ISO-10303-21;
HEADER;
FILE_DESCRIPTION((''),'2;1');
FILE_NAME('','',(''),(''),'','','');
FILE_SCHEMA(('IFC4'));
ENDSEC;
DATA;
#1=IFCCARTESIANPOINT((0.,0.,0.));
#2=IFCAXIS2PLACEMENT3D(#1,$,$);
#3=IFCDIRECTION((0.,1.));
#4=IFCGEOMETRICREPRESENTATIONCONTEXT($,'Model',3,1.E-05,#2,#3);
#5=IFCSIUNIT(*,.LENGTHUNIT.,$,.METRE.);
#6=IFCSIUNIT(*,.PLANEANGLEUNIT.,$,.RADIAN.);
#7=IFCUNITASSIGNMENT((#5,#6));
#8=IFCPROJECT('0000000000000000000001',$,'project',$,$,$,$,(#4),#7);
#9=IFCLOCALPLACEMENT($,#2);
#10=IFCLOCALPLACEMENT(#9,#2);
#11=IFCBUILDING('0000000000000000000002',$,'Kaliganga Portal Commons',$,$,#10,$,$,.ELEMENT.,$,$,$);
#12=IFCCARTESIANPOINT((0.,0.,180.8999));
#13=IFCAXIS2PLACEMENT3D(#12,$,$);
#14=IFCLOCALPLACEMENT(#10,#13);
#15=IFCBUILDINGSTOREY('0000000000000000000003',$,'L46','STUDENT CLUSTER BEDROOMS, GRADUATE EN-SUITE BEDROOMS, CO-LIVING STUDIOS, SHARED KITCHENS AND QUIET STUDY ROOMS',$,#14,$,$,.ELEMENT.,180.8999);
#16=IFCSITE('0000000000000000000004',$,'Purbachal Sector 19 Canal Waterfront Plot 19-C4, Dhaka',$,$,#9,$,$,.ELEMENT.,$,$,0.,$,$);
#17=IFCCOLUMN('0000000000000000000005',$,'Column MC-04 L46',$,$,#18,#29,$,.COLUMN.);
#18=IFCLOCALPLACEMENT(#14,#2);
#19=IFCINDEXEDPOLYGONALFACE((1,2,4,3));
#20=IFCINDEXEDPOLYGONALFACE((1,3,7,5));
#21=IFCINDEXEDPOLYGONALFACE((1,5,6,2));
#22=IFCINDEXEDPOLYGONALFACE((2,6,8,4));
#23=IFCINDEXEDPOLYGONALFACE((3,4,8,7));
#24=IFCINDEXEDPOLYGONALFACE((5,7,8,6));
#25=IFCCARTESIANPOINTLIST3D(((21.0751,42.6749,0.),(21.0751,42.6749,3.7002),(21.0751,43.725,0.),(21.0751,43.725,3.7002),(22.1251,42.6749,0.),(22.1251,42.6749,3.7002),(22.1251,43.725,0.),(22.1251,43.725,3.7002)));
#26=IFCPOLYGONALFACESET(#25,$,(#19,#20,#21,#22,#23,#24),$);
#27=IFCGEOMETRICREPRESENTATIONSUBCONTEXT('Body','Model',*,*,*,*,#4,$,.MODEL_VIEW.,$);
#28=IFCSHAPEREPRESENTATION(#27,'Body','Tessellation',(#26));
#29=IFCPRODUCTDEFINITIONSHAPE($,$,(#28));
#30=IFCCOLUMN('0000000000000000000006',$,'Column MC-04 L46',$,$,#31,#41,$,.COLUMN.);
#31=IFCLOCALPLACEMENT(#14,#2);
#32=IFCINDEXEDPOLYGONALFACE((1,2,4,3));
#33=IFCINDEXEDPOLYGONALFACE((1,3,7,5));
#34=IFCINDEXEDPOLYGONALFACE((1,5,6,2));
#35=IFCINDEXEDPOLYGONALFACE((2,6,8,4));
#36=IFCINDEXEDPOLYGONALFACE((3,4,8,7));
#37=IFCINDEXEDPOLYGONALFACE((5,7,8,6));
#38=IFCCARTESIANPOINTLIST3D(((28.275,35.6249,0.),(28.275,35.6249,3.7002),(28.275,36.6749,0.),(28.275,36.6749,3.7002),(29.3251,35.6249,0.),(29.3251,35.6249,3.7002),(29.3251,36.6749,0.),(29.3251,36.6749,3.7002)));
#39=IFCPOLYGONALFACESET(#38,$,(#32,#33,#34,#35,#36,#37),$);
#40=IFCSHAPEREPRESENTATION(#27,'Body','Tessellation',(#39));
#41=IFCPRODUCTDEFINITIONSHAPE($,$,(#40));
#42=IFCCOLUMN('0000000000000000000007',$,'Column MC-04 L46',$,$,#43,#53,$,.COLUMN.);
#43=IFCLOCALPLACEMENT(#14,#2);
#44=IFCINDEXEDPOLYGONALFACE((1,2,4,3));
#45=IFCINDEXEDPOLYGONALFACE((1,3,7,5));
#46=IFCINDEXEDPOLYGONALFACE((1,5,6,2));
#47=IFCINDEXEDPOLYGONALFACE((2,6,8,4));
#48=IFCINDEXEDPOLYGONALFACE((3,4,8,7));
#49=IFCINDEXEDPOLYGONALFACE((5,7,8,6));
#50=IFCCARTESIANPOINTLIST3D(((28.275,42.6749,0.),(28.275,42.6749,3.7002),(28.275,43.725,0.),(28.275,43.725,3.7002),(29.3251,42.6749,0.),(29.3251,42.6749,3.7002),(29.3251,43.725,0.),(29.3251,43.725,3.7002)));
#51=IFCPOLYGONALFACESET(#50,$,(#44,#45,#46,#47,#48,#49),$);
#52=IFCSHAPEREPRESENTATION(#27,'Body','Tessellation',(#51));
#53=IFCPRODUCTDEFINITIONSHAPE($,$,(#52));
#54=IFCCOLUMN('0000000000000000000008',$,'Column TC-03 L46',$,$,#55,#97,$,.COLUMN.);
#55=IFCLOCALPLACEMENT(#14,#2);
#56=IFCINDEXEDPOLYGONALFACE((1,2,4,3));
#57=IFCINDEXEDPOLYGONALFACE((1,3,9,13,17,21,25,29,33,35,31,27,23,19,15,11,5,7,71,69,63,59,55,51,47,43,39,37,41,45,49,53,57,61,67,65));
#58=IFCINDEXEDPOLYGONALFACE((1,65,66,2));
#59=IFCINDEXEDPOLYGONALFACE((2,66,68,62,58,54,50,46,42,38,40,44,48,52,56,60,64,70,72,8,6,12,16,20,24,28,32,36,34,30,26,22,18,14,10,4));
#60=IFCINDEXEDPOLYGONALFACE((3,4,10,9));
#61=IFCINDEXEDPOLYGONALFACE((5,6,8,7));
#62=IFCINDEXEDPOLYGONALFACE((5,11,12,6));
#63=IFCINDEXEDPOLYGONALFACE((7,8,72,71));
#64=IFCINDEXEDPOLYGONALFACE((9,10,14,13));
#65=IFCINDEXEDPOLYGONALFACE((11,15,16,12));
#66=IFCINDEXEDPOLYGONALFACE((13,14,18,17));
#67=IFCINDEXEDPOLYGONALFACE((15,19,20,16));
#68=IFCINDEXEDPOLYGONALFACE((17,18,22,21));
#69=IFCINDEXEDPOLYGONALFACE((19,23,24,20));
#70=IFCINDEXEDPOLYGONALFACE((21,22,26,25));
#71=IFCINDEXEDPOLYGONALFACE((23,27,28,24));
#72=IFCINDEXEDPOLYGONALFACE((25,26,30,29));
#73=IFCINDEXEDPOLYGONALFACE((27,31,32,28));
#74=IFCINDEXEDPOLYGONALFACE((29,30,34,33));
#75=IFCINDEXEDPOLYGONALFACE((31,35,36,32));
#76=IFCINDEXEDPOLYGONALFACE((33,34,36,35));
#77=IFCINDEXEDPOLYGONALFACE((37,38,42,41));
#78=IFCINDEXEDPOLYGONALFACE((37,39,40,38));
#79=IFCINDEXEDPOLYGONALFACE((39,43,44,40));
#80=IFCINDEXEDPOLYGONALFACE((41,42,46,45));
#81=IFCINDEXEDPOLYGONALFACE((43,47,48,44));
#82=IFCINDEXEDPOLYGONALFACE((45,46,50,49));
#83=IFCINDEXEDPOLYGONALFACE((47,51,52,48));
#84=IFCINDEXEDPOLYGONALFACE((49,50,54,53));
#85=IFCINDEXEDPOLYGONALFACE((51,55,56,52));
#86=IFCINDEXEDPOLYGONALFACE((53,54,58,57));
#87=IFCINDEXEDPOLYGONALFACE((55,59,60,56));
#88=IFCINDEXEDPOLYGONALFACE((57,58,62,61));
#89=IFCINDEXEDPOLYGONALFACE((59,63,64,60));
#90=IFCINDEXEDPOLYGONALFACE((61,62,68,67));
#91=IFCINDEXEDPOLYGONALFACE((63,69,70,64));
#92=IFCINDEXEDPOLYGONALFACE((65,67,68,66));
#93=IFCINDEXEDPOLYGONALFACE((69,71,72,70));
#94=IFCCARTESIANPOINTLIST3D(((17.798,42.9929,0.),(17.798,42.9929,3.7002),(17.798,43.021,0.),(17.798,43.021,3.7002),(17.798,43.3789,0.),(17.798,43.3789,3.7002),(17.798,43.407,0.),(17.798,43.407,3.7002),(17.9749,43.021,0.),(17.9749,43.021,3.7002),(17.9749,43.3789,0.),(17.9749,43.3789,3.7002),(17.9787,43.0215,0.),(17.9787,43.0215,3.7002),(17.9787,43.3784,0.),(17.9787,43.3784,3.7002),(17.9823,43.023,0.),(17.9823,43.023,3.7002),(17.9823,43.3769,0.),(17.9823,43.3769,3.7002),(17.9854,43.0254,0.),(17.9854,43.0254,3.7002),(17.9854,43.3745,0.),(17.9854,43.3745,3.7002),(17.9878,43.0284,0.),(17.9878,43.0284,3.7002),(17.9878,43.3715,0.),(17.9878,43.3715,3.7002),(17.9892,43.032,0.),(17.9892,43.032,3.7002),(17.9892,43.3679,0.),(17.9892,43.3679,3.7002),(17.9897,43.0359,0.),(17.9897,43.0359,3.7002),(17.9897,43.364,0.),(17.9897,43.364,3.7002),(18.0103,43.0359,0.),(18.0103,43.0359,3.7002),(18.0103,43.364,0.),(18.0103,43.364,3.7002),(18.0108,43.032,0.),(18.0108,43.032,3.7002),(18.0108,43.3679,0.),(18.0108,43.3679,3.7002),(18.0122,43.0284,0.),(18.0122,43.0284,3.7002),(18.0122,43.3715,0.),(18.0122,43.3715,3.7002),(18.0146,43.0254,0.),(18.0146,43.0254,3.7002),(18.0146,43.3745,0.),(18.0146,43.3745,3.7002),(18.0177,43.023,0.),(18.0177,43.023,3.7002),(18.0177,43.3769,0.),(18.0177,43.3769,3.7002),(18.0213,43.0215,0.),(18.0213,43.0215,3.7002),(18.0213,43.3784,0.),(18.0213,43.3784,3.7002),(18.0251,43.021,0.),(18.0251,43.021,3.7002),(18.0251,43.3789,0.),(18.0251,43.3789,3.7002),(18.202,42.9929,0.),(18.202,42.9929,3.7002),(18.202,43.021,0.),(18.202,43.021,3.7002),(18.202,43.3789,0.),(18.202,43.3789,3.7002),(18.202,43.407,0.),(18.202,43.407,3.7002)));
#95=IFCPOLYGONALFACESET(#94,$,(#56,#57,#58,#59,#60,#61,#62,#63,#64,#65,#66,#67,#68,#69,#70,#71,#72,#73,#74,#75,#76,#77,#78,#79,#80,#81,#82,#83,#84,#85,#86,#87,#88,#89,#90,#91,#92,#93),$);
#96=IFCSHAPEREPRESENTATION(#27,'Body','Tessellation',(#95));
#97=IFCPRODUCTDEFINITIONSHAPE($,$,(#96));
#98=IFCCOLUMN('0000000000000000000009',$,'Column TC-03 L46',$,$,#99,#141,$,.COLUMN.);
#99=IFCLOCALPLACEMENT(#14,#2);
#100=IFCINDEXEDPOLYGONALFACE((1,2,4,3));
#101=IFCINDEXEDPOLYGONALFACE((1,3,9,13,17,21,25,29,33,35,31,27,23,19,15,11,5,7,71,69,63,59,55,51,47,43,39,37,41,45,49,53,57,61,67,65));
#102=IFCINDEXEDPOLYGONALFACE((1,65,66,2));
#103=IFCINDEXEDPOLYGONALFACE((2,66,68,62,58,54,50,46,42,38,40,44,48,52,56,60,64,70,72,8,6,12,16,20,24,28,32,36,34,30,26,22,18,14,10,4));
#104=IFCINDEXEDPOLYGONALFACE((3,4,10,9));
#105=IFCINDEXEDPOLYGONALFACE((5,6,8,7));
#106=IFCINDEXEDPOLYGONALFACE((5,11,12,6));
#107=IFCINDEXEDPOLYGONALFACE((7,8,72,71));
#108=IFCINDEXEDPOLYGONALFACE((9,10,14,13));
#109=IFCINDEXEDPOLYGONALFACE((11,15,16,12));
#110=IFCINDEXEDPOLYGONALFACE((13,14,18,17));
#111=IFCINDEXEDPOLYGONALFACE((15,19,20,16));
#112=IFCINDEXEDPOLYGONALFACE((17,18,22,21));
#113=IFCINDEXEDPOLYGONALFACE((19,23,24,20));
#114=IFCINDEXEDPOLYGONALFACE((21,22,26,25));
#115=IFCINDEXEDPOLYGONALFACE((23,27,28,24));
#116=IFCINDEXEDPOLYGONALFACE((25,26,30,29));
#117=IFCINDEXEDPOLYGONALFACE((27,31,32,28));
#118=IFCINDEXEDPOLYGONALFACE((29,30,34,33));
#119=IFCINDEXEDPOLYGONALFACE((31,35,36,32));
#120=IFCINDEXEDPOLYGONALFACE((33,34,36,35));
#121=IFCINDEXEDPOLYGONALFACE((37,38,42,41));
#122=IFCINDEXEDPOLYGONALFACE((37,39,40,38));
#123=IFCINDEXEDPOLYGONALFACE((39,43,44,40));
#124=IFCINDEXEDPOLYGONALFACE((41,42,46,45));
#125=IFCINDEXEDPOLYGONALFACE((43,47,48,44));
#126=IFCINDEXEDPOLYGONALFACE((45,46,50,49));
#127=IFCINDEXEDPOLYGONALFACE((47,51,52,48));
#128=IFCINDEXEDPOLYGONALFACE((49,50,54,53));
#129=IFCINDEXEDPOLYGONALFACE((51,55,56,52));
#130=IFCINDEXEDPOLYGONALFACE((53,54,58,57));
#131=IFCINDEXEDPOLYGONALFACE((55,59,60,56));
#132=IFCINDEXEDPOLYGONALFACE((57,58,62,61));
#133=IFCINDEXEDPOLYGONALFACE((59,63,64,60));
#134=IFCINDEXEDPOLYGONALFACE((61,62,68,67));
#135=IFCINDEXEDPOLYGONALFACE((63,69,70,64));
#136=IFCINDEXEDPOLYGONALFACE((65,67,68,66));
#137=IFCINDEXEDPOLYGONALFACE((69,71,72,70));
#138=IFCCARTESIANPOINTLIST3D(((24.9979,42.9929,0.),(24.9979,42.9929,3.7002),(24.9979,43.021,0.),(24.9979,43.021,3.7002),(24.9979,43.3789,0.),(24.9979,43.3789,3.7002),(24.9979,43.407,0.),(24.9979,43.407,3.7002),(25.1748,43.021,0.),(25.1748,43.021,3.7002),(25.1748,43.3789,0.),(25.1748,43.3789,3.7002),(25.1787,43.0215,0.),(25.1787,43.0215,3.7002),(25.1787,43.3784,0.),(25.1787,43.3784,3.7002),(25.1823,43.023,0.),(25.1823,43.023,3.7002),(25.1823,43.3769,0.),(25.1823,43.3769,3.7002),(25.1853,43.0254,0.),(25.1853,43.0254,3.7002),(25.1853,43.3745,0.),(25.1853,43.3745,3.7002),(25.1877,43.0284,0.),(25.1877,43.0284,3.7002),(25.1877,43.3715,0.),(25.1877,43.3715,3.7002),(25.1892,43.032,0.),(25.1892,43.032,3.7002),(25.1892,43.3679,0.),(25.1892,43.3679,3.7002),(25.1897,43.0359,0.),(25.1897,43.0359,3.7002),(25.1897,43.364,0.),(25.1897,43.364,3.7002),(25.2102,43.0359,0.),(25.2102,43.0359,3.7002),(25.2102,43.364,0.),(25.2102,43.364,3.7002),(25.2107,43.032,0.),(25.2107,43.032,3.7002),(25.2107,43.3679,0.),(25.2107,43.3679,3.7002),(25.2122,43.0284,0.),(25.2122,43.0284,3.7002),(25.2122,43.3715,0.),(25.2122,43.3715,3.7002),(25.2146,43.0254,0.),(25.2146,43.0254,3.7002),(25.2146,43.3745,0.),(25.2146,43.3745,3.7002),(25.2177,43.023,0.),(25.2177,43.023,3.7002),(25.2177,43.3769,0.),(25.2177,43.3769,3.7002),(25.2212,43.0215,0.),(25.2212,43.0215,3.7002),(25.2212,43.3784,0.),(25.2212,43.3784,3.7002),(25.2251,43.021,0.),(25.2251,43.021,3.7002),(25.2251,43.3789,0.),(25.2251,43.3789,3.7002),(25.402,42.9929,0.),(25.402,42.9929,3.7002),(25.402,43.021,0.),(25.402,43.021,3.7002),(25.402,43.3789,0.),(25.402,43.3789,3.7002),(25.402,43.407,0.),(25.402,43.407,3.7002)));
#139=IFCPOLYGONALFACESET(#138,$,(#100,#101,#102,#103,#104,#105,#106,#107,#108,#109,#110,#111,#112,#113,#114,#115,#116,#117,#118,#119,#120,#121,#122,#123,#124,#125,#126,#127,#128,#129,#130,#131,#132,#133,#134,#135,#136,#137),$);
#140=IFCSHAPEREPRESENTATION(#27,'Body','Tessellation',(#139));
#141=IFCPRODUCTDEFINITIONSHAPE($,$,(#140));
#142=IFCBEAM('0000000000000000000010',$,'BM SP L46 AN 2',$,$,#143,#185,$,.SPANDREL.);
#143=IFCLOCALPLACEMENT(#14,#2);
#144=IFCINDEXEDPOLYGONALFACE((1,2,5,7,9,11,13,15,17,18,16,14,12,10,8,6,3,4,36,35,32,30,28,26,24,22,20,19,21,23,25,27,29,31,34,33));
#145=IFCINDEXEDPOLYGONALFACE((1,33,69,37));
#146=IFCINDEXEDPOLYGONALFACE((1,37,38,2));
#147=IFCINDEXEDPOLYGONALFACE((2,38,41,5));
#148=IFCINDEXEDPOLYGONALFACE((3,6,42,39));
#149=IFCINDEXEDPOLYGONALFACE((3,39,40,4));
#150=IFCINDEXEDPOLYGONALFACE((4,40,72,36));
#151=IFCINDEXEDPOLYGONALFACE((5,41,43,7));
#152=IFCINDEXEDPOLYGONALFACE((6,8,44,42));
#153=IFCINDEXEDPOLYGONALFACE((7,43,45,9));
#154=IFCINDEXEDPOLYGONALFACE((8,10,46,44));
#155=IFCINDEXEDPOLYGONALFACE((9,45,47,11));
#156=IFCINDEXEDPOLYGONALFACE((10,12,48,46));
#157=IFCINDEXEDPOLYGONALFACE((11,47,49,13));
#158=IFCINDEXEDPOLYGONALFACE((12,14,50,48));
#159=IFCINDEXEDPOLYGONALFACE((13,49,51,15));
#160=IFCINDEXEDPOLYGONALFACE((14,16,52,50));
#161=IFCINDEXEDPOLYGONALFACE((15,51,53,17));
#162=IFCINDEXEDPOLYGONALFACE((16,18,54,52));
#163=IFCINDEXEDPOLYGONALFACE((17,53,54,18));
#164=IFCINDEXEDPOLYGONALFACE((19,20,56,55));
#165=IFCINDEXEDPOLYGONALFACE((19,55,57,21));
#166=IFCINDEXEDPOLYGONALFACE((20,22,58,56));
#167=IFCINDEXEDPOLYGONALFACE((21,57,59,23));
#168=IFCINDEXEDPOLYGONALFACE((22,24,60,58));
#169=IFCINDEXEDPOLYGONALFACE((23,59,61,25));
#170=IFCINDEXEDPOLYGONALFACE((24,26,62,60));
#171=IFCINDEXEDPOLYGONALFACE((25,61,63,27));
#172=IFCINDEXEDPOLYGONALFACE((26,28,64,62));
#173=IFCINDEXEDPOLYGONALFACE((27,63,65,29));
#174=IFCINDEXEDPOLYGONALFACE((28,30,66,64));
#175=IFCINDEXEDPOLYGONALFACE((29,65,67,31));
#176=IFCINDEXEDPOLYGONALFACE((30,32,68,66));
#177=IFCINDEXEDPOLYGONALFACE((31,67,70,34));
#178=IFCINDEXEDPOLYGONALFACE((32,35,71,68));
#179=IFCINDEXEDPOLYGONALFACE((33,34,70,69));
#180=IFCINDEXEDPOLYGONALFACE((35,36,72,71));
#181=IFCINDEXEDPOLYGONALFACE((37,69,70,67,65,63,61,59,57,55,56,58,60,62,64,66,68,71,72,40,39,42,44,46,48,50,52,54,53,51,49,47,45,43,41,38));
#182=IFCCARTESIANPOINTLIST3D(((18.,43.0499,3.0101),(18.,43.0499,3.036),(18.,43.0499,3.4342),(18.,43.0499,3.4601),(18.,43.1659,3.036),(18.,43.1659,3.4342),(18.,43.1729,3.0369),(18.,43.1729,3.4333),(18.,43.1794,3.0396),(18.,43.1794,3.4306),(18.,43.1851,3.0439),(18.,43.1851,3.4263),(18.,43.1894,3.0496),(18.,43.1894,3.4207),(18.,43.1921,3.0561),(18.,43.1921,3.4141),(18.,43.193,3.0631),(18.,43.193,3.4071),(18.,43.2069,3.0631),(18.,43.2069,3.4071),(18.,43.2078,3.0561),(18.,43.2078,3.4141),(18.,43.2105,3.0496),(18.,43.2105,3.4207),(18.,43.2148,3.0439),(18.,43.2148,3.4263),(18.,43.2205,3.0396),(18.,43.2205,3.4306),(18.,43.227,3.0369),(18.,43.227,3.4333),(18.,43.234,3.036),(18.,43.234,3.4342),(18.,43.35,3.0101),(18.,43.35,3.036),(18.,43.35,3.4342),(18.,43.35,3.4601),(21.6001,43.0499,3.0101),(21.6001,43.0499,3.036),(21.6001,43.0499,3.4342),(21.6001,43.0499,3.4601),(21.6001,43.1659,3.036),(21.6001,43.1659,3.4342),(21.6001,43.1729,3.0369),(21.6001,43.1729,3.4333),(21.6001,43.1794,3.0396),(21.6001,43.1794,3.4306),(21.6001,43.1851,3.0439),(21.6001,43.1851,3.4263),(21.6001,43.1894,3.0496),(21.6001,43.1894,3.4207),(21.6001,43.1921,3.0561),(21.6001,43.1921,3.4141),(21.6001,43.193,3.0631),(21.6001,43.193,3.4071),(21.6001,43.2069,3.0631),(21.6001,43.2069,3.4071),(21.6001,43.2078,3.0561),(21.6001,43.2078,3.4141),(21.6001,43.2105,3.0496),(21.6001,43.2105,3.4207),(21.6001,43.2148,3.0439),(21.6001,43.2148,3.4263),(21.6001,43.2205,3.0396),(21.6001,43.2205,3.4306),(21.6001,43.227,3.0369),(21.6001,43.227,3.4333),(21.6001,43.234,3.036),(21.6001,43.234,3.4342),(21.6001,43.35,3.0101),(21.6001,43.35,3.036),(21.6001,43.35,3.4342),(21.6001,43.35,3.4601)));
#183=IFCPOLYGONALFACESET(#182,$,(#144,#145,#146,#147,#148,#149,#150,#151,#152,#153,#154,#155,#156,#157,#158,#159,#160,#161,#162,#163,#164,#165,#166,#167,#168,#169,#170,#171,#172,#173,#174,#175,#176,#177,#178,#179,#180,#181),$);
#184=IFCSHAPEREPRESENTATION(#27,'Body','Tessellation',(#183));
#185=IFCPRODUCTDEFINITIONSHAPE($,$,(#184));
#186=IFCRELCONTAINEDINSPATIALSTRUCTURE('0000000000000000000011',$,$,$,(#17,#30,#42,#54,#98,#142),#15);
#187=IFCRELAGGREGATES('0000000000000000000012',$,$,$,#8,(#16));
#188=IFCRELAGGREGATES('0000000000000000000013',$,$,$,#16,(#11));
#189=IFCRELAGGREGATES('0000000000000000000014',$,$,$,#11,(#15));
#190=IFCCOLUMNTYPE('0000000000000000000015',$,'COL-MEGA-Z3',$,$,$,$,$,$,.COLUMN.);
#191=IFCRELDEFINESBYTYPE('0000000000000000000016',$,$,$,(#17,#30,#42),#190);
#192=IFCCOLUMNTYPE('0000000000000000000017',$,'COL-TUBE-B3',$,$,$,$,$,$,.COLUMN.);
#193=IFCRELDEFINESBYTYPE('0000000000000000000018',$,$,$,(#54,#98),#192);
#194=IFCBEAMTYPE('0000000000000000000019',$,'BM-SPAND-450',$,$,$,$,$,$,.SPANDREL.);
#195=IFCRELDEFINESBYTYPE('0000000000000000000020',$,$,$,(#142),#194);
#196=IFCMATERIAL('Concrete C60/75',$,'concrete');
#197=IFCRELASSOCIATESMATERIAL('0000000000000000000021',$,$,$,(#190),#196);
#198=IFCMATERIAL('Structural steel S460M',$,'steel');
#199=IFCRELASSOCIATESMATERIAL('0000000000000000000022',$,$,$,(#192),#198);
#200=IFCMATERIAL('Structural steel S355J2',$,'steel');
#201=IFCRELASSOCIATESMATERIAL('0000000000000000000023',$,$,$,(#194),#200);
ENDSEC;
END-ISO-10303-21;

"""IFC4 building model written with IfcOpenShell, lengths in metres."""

from ifc_helpers import new_model, si_unit, direction, frame, origin, origin_2d, place, context, subcontext, project, spatial, rectangle, i_section, extrude, source, transform, mapped, material, material_profile, profile_set, type_object, element, save


model = new_model("IFC4")

# Units and contexts
model_context = context("Model", 3, precision=1e-05, world=origin(), true_north=direction((0.0, 1.0)))
body_context = subcontext(model_context, "Body", "Model", "MODEL_VIEW")
ifc_project = project(units=[si_unit("LENGTHUNIT", "METRE"), si_unit("PLANEANGLEUNIT", "RADIAN")], contexts=[model_context])

# Site, building, storey
site_placement = place(None, origin())
site = spatial("IfcSite", under=ifc_project, at=site_placement, Name="Purbachal Sector 19 Canal Waterfront Plot 19-C4, Dhaka", CompositionType="ELEMENT", RefElevation=0.0)
building_placement = place(site_placement, origin())
building = spatial("IfcBuilding", under=site, at=building_placement, Name="Kaliganga Portal Commons", CompositionType="ELEMENT")
storey_placement = place(building_placement, frame((0.0, 0.0, 180.8999)))
storey = spatial("IfcBuildingStorey", under=building, at=storey_placement, Name="L46", Description="STUDENT CLUSTER BEDROOMS, GRADUATE EN-SUITE BEDROOMS, CO-LIVING STUDIOS, SHARED KITCHENS AND QUIET STUDY ROOMS", CompositionType="ELEMENT", Elevation=180.8999)

# Columns
ifc_material_1 = material(Name="Concrete C60/75", Category="concrete")
ifc_material_profile_1 = material_profile(ifc_material_1, rectangle(XDim=1.05, YDim=1.05, at=origin_2d()), Name="RC 1050x1050")
ifc_profile_set_1 = profile_set([ifc_material_profile_1], Name="Concrete C60/75")
column_type_1 = type_object("IfcColumnType", Name="COL-MEGA-Z3", PredefinedType="COLUMN", material=ifc_profile_set_1)
shared_shape_1 = source(origin(), body_context, "Body", "SweptSolid", [
    extrude(rectangle(XDim=1.05, YDim=1.05, at=origin_2d()), origin(), (0.0, 0.0, 1.0), 3.7002),
])
for number, where, z_axis, x_axis, name in (
    (1, (21.6001, 43.2, 0.0), (0.0, 0.0, 1.0), (1.0, 0.0, 0.0), "Column MC-04 L46"),
    (2, (28.8, 36.1499, 0.0), (0.0, 0.0, 1.0), (1.0, 0.0, 0.0), "Column MC-04 L46"),
    (3, (28.8, 43.2, 0.0), (0.0, 0.0, 1.0), (1.0, 0.0, 0.0), "Column MC-04 L46"),
):
    element("IfcColumn", number, at=place(storey_placement, frame(where, z_axis=z_axis, x_axis=x_axis)), inside=storey, type_object=column_type_1, Name=name, PredefinedType="COLUMN", context=body_context, shape_type="MappedRepresentation", body=[
        mapped(shared_shape_1, transform((0.0, 0.0, 0.0), x_axis=(1.0, 0.0, 0.0), y_axis=(0.0, 1.0, 0.0), z_axis=(0.0, 0.0, 1.0), scale=1.0)),
    ])
ifc_material_2 = material(Name="Structural steel S460M", Category="steel")
ifc_material_profile_2 = material_profile(ifc_material_2, i_section(OverallWidth=0.4041, OverallDepth=0.4141, WebThickness=0.0205, FlangeThickness=0.0281, FilletRadius=0.0149, at=origin_2d()), Name="HD 400x347")
ifc_profile_set_2 = profile_set([ifc_material_profile_2], Name="Structural steel S460M wide-flange")
column_type_2 = type_object("IfcColumnType", Name="COL-TUBE-B3", PredefinedType="COLUMN", material=ifc_profile_set_2)
shared_shape_2 = source(origin(), body_context, "Body", "SweptSolid", [
    extrude(i_section(OverallWidth=0.4041, OverallDepth=0.4141, WebThickness=0.0205, FlangeThickness=0.0281, FilletRadius=0.0149, at=origin_2d()), origin(), (0.0, 0.0, 1.0), 3.7002),
])
for number, where, z_axis, x_axis, name in (
    (4, (18.0, 43.2, 0.0), (0.0, 0.0, 1.0), (1.0, 0.0, 0.0), "Column TC-03 L46"),
    (5, (25.2, 43.2, 0.0), (0.0, 0.0, 1.0), (1.0, 0.0, 0.0), "Column TC-03 L46"),
):
    element("IfcColumn", number, at=place(storey_placement, frame(where, z_axis=z_axis, x_axis=x_axis)), inside=storey, type_object=column_type_2, Name=name, PredefinedType="COLUMN", context=body_context, shape_type="MappedRepresentation", body=[
        mapped(shared_shape_2, transform((0.0, 0.0, 0.0), x_axis=(1.0, 0.0, 0.0), y_axis=(0.0, 1.0, 0.0), z_axis=(0.0, 0.0, 1.0), scale=1.0)),
    ])

# Beam
ifc_material_3 = material(Name="Structural steel S355J2", Category="steel")
ifc_material_profile_3 = material_profile(ifc_material_3, i_section(OverallWidth=0.3, OverallDepth=0.45, WebThickness=0.0139, FlangeThickness=0.0259, FilletRadius=0.0271, at=origin_2d()), Name="HE 450 B")
ifc_profile_set_3 = profile_set([ifc_material_profile_3], Name="Structural steel S355J2 wide-flange")
beam_type = type_object("IfcBeamType", Name="BM-SPAND-450", PredefinedType="SPANDREL", material=ifc_profile_set_3)
shared_shape_3 = source(origin(), body_context, "Body", "SweptSolid", [
    extrude(i_section(OverallWidth=0.3, OverallDepth=0.45, WebThickness=0.0139, FlangeThickness=0.0259, FilletRadius=0.0271, at=origin_2d()), origin(), (0.0, 0.0, 1.0), 3.6001),
])
for number, where, z_axis, x_axis, name in (
    (6, (18.0, 43.2, 3.2351), (1.0, 0.0, 0.0), (0.0, 1.0, 0.0), "BM SP L46 AN 2"),
):
    element("IfcBeam", number, at=place(storey_placement, frame(where, z_axis=z_axis, x_axis=x_axis)), inside=storey, type_object=beam_type, Name=name, PredefinedType="SPANDREL", context=body_context, shape_type="MappedRepresentation", body=[
        mapped(shared_shape_3, transform((0.0, 0.0, 0.0), x_axis=(1.0, 0.0, 0.0), y_axis=(0.0, 1.0, 0.0), z_axis=(0.0, 0.0, 1.0), scale=1.0)),
    ])

save(model, "model.ifc")
